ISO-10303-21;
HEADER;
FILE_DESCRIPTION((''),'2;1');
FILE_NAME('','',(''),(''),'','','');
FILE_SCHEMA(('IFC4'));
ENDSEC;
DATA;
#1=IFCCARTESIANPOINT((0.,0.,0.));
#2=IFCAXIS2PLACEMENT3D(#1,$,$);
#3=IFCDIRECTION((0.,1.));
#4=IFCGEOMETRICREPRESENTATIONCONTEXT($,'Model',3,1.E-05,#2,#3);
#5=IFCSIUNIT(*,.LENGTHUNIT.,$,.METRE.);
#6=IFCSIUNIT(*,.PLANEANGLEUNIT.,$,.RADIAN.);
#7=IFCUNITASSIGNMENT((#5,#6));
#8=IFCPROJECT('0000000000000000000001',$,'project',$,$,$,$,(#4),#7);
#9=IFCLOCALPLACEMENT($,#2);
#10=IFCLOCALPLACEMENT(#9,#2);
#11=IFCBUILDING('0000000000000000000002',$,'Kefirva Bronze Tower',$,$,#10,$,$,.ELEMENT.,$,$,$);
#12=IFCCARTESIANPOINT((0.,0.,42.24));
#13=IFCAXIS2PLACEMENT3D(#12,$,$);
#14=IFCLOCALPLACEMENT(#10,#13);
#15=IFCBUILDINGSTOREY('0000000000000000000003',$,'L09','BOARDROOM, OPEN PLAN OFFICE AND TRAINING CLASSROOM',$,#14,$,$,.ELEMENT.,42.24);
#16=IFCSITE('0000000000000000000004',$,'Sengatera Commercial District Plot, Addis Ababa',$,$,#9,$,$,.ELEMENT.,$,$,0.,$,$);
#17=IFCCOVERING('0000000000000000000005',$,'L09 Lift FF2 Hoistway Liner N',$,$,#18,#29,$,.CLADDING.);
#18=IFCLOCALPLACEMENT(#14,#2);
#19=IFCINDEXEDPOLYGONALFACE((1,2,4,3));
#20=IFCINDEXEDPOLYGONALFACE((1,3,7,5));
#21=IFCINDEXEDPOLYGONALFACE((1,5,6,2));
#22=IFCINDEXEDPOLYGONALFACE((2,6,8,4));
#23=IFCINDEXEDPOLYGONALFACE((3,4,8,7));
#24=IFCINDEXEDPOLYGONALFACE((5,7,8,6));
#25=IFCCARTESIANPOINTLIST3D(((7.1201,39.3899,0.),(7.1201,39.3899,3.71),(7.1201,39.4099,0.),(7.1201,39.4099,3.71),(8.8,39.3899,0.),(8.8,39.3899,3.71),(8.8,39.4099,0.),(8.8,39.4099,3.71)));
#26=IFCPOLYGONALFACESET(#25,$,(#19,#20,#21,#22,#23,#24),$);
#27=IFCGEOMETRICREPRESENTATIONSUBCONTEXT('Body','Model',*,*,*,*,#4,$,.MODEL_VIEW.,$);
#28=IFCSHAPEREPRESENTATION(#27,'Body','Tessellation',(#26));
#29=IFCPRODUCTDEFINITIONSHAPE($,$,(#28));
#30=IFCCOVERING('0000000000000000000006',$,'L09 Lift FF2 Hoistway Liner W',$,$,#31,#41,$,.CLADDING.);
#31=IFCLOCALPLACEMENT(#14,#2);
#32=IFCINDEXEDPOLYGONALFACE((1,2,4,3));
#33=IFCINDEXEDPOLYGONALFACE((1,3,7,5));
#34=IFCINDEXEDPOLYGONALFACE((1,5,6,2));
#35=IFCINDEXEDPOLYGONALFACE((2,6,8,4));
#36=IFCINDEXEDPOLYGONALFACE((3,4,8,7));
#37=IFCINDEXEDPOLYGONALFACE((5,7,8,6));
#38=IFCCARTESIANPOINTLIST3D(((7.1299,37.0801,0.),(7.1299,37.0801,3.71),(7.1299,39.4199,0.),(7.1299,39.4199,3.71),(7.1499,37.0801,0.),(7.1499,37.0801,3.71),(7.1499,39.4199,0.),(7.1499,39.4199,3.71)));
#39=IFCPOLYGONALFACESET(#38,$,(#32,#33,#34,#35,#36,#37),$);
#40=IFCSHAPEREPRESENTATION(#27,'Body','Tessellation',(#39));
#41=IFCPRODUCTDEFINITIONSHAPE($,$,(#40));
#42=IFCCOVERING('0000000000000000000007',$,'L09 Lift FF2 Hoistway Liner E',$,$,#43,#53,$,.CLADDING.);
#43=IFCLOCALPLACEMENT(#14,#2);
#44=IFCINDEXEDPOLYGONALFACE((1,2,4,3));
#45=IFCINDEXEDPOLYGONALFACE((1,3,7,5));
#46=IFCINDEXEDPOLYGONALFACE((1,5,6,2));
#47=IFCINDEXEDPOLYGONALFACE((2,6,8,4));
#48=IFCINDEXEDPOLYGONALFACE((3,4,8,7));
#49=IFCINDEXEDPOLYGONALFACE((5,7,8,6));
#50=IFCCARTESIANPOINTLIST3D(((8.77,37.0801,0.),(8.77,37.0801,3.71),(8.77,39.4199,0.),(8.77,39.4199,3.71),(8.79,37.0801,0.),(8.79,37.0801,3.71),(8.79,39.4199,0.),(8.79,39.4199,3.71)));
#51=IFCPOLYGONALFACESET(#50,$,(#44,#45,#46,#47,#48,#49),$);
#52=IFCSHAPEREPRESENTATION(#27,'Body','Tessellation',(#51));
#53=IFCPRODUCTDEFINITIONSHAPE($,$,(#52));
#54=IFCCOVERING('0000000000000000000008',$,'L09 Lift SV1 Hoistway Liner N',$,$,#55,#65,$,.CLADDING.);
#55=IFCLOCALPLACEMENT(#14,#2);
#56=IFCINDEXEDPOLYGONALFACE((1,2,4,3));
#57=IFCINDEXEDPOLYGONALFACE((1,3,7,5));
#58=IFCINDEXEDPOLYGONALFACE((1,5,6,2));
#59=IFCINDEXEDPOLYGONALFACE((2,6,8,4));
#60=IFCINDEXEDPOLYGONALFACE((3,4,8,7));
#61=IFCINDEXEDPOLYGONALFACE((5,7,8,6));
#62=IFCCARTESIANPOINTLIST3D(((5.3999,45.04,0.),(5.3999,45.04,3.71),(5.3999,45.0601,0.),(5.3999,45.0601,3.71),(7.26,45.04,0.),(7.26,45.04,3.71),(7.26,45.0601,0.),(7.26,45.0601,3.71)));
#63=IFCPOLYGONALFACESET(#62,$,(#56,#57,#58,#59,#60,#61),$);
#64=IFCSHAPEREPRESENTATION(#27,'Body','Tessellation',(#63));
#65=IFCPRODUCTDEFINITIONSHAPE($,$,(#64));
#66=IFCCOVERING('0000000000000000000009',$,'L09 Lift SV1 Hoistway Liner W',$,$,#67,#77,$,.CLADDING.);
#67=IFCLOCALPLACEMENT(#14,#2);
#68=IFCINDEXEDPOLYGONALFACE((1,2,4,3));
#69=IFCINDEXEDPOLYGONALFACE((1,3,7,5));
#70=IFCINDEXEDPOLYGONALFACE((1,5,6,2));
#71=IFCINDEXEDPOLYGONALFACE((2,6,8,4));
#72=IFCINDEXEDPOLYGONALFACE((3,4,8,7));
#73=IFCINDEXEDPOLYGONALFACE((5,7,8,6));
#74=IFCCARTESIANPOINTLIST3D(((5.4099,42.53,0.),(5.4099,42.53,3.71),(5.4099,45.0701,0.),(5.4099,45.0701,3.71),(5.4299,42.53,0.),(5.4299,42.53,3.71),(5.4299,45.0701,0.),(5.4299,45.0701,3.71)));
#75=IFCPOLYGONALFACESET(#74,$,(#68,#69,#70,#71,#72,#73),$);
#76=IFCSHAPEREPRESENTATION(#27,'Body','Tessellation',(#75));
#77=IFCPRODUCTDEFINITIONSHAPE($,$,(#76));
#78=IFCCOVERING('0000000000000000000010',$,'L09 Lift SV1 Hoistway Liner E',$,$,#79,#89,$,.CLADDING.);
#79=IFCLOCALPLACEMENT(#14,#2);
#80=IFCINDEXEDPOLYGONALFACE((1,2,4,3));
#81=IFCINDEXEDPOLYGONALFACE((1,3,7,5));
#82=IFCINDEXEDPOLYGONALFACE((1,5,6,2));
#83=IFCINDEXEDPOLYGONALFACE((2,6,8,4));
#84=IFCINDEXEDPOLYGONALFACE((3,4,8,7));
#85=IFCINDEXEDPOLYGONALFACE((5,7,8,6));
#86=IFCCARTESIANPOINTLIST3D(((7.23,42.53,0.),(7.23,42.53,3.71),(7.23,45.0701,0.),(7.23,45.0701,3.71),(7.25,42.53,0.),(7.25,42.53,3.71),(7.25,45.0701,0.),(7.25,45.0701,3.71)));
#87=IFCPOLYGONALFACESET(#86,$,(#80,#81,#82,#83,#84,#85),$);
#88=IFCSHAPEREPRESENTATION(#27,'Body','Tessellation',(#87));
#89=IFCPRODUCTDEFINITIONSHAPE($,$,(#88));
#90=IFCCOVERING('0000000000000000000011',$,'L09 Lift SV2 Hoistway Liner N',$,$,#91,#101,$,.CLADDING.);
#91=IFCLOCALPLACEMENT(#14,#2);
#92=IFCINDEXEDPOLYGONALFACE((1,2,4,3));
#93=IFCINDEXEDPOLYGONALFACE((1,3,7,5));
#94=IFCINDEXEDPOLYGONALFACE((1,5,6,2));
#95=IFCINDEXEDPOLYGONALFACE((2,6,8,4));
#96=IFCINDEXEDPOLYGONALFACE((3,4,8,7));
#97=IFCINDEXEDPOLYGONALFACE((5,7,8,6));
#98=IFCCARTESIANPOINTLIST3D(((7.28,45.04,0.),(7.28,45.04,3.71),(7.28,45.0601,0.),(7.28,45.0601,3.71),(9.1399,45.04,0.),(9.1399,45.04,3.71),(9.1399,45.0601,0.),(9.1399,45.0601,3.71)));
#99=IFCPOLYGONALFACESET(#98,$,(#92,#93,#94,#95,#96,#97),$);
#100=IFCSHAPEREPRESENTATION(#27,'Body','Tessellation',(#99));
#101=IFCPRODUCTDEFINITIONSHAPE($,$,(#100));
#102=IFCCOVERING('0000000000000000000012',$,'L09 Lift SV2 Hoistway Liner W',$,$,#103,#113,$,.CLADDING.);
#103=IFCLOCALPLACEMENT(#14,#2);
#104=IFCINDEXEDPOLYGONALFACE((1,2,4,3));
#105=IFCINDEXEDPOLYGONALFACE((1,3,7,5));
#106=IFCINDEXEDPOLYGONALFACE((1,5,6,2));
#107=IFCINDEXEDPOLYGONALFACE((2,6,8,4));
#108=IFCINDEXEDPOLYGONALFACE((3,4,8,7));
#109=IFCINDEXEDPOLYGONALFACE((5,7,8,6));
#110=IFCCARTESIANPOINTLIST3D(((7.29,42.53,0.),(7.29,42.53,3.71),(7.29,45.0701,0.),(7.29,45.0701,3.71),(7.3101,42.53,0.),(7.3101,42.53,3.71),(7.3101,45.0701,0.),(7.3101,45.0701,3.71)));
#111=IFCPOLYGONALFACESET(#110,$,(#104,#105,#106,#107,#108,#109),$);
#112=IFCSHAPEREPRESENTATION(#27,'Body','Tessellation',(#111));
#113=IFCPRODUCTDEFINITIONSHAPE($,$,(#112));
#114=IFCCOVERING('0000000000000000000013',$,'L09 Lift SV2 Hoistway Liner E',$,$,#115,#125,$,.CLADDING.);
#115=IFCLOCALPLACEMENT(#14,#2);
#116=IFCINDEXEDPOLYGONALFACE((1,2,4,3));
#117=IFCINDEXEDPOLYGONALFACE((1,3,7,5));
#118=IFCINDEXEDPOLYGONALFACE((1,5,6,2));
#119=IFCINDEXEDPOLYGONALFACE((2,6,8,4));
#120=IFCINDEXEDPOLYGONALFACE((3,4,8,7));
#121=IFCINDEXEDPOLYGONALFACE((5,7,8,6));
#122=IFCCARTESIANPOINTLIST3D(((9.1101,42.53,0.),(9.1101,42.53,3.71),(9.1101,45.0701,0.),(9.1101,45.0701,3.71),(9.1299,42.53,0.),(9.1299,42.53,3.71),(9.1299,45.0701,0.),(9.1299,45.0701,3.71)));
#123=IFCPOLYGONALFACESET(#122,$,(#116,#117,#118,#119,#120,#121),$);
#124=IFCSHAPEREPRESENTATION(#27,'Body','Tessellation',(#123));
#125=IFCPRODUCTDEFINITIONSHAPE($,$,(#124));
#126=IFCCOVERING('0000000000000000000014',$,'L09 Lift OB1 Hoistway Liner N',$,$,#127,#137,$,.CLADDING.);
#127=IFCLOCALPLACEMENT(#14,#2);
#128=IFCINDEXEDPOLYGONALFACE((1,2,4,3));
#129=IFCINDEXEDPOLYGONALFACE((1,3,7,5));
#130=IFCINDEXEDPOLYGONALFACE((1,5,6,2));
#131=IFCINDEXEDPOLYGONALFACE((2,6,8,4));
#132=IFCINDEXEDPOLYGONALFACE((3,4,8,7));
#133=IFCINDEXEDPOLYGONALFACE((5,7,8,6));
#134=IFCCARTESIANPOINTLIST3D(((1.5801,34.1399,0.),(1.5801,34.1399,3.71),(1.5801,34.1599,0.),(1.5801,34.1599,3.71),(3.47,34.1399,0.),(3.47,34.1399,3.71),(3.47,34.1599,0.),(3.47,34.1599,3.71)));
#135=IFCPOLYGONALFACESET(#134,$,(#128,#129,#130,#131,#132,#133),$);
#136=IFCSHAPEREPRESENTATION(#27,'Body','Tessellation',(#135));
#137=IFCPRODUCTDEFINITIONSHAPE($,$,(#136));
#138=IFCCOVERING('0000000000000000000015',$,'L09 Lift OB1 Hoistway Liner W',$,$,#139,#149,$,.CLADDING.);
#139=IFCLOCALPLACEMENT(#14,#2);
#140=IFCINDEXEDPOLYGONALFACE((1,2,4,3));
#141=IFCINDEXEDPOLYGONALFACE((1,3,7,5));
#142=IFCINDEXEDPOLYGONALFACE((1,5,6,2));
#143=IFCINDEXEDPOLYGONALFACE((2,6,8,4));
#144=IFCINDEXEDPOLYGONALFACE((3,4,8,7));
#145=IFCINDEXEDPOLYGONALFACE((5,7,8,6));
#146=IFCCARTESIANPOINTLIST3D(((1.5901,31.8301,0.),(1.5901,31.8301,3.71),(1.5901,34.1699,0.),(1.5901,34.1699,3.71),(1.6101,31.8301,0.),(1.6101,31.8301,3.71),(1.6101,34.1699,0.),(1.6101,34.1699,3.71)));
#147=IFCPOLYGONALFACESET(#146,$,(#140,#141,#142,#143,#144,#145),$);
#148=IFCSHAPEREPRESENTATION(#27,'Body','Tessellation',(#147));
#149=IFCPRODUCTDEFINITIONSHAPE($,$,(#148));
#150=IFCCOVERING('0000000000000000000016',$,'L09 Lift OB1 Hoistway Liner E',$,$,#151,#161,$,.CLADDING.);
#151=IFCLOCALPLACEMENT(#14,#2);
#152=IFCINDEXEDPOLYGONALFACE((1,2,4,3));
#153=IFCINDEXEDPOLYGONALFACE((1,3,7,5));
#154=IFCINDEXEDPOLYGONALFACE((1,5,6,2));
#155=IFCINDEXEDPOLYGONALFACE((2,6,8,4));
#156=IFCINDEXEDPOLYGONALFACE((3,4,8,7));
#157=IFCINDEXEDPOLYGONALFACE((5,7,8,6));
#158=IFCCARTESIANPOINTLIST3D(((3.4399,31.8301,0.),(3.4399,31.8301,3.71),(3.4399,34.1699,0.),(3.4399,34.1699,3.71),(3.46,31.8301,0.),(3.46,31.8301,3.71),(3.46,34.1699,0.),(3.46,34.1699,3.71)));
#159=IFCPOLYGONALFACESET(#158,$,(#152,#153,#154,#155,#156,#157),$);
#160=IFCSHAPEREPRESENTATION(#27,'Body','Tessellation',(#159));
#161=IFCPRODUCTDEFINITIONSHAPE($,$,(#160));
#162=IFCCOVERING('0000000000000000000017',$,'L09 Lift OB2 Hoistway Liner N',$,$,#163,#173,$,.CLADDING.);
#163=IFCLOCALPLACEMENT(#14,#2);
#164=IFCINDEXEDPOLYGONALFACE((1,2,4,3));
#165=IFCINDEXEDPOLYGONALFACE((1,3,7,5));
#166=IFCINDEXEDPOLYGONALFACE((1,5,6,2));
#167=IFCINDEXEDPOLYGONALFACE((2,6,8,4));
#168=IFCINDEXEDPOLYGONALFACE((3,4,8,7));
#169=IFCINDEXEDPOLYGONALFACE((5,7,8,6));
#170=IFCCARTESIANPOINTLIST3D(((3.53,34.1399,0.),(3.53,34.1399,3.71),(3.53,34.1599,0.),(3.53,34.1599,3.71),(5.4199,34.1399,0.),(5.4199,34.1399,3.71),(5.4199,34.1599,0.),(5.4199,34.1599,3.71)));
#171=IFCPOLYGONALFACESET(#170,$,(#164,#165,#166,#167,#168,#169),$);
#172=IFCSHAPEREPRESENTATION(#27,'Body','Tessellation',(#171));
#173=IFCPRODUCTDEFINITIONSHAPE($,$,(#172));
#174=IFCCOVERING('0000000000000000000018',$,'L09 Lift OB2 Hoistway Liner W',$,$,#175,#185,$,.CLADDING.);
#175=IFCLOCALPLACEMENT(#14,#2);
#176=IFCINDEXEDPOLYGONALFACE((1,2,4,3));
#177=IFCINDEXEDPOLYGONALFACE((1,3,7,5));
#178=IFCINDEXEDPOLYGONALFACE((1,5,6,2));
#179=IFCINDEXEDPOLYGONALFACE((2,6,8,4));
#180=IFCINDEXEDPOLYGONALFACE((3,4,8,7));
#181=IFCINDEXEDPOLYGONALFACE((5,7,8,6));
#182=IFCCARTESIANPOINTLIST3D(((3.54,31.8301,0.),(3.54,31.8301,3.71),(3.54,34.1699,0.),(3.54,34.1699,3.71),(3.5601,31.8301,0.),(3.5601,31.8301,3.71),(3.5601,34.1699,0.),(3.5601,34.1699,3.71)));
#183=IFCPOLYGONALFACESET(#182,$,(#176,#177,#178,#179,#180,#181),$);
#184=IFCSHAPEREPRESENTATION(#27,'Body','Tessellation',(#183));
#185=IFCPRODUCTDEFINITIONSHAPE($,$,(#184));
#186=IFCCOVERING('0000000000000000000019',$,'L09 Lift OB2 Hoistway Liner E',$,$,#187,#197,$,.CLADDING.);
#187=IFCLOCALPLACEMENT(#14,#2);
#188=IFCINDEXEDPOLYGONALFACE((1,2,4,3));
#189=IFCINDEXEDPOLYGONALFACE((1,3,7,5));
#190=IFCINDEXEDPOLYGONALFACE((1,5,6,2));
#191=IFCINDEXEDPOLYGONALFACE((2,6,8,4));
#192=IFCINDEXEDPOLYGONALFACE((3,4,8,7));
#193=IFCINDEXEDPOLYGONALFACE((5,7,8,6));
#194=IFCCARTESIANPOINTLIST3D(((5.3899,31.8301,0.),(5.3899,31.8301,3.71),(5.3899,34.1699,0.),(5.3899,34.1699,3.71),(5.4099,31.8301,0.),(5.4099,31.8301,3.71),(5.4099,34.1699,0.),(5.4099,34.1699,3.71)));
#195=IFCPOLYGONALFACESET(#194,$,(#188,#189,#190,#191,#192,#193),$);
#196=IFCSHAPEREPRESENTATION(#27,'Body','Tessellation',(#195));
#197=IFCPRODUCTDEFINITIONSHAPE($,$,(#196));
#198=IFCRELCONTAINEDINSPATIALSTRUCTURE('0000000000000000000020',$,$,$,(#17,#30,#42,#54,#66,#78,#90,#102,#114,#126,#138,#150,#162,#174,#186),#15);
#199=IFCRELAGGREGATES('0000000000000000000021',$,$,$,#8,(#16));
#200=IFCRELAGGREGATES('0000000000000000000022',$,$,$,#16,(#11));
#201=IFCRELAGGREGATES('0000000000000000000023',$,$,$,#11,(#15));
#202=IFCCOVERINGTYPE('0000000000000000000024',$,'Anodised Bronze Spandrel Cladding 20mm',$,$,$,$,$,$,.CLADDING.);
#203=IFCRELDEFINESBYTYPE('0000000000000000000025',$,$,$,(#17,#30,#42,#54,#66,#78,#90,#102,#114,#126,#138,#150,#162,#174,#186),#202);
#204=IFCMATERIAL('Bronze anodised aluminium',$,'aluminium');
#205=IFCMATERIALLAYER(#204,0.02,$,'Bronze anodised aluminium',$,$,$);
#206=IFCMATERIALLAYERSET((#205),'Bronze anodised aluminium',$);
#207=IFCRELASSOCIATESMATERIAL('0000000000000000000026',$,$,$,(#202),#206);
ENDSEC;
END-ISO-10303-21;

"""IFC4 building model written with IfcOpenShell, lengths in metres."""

from ifc_helpers import new_model, si_unit, direction, frame, origin, place, context, subcontext, project, spatial, polyline, outline, extrude, material, layer, layer_set, type_object, element, save


model = new_model("IFC4")

# Units and contexts
model_context = context("Model", 3, precision=1e-05, world=origin(), true_north=direction((0.0, 1.0)))
body_context = subcontext(model_context, "Body", "Model", "MODEL_VIEW")
ifc_project = project(units=[si_unit("LENGTHUNIT", "METRE"), si_unit("PLANEANGLEUNIT", "RADIAN")], contexts=[model_context])

# Site, building, storey
site_placement = place(None, origin())
site = spatial("IfcSite", under=ifc_project, at=site_placement, Name="Sengatera Commercial District Plot, Addis Ababa", CompositionType="ELEMENT", RefElevation=0.0)
building_placement = place(site_placement, origin())
building = spatial("IfcBuilding", under=site, at=building_placement, Name="Kefirva Bronze Tower", CompositionType="ELEMENT")
storey_placement = place(building_placement, frame((0.0, 0.0, 42.24)))
storey = spatial("IfcBuildingStorey", under=building, at=storey_placement, Name="L09", Description="BOARDROOM, OPEN PLAN OFFICE AND TRAINING CLASSROOM", CompositionType="ELEMENT", Elevation=42.24)

# Coverings
ifc_material_1 = material(Name="Bronze anodised aluminium", Category="aluminium")
ifc_layer_1 = layer(ifc_material_1, 0.02, Name="Bronze anodised aluminium")
ifc_layer_set_1 = layer_set([ifc_layer_1], Name="Bronze anodised aluminium")
covering_type = type_object("IfcCoveringType", Name="Anodised Bronze Spandrel Cladding 20mm", PredefinedType="CLADDING", material=ifc_layer_set_1)
covering_1_placement = place(storey_placement, origin())
element("IfcCovering", 1, at=covering_1_placement, inside=storey, type_object=covering_type, Name="L09 Lift FF2 Hoistway Liner N", PredefinedType="CLADDING", context=body_context, shape_type="SweptSolid", body=[
    extrude(outline(polyline([(7.1201, 39.3899), (8.8, 39.3899), (8.8, 39.4099), (7.1201, 39.4099), (7.1201, 39.3899)])), origin(), (0.0, 0.0, 1.0), 3.71),
])
covering_2_placement = place(storey_placement, origin())
element("IfcCovering", 2, at=covering_2_placement, inside=storey, type_object=covering_type, Name="L09 Lift FF2 Hoistway Liner W", PredefinedType="CLADDING", context=body_context, shape_type="SweptSolid", body=[
    extrude(outline(polyline([(7.1299, 37.0801), (7.1499, 37.0801), (7.1499, 39.4199), (7.1299, 39.4199), (7.1299, 37.0801)])), origin(), (0.0, 0.0, 1.0), 3.71),
])
covering_3_placement = place(storey_placement, origin())
element("IfcCovering", 3, at=covering_3_placement, inside=storey, type_object=covering_type, Name="L09 Lift FF2 Hoistway Liner E", PredefinedType="CLADDING", context=body_context, shape_type="SweptSolid", body=[
    extrude(outline(polyline([(8.77, 37.0801), (8.79, 37.0801), (8.79, 39.4199), (8.77, 39.4199), (8.77, 37.0801)])), origin(), (0.0, 0.0, 1.0), 3.71),
])
covering_4_placement = place(storey_placement, origin())
element("IfcCovering", 4, at=covering_4_placement, inside=storey, type_object=covering_type, Name="L09 Lift SV1 Hoistway Liner N", PredefinedType="CLADDING", context=body_context, shape_type="SweptSolid", body=[
    extrude(outline(polyline([(5.3999, 45.04), (7.26, 45.04), (7.26, 45.0601), (5.3999, 45.0601), (5.3999, 45.04)])), origin(), (0.0, 0.0, 1.0), 3.71),
])
covering_5_placement = place(storey_placement, origin())
element("IfcCovering", 5, at=covering_5_placement, inside=storey, type_object=covering_type, Name="L09 Lift SV1 Hoistway Liner W", PredefinedType="CLADDING", context=body_context, shape_type="SweptSolid", body=[
    extrude(outline(polyline([(5.4099, 42.53), (5.4299, 42.53), (5.4299, 45.0701), (5.4099, 45.0701), (5.4099, 42.53)])), origin(), (0.0, 0.0, 1.0), 3.71),
])
covering_6_placement = place(storey_placement, origin())
element("IfcCovering", 6, at=covering_6_placement, inside=storey, type_object=covering_type, Name="L09 Lift SV1 Hoistway Liner E", PredefinedType="CLADDING", context=body_context, shape_type="SweptSolid", body=[
    extrude(outline(polyline([(7.23, 42.53), (7.25, 42.53), (7.25, 45.0701), (7.23, 45.0701), (7.23, 42.53)])), origin(), (0.0, 0.0, 1.0), 3.71),
])
covering_7_placement = place(storey_placement, origin())
element("IfcCovering", 7, at=covering_7_placement, inside=storey, type_object=covering_type, Name="L09 Lift SV2 Hoistway Liner N", PredefinedType="CLADDING", context=body_context, shape_type="SweptSolid", body=[
    extrude(outline(polyline([(7.28, 45.04), (9.1399, 45.04), (9.1399, 45.0601), (7.28, 45.0601), (7.28, 45.04)])), origin(), (0.0, 0.0, 1.0), 3.71),
])
covering_8_placement = place(storey_placement, origin())
element("IfcCovering", 8, at=covering_8_placement, inside=storey, type_object=covering_type, Name="L09 Lift SV2 Hoistway Liner W", PredefinedType="CLADDING", context=body_context, shape_type="SweptSolid", body=[
    extrude(outline(polyline([(7.29, 42.53), (7.3101, 42.53), (7.3101, 45.0701), (7.29, 45.0701), (7.29, 42.53)])), origin(), (0.0, 0.0, 1.0), 3.71),
])
covering_9_placement = place(storey_placement, origin())
element("IfcCovering", 9, at=covering_9_placement, inside=storey, type_object=covering_type, Name="L09 Lift SV2 Hoistway Liner E", PredefinedType="CLADDING", context=body_context, shape_type="SweptSolid", body=[
    extrude(outline(polyline([(9.1101, 42.53), (9.1299, 42.53), (9.1299, 45.0701), (9.1101, 45.0701), (9.1101, 42.53)])), origin(), (0.0, 0.0, 1.0), 3.71),
])
covering_10_placement = place(storey_placement, origin())
element("IfcCovering", 10, at=covering_10_placement, inside=storey, type_object=covering_type, Name="L09 Lift OB1 Hoistway Liner N", PredefinedType="CLADDING", context=body_context, shape_type="SweptSolid", body=[
    extrude(outline(polyline([(1.5801, 34.1399), (3.47, 34.1399), (3.47, 34.1599), (1.5801, 34.1599), (1.5801, 34.1399)])), origin(), (0.0, 0.0, 1.0), 3.71),
])
covering_11_placement = place(storey_placement, origin())
element("IfcCovering", 11, at=covering_11_placement, inside=storey, type_object=covering_type, Name="L09 Lift OB1 Hoistway Liner W", PredefinedType="CLADDING", context=body_context, shape_type="SweptSolid", body=[
    extrude(outline(polyline([(1.5901, 31.8301), (1.6101, 31.8301), (1.6101, 34.1699), (1.5901, 34.1699), (1.5901, 31.8301)])), origin(), (0.0, 0.0, 1.0), 3.71),
])
covering_12_placement = place(storey_placement, origin())
element("IfcCovering", 12, at=covering_12_placement, inside=storey, type_object=covering_type, Name="L09 Lift OB1 Hoistway Liner E", PredefinedType="CLADDING", context=body_context, shape_type="SweptSolid", body=[
    extrude(outline(polyline([(3.4399, 31.8301), (3.46, 31.8301), (3.46, 34.1699), (3.4399, 34.1699), (3.4399, 31.8301)])), origin(), (0.0, 0.0, 1.0), 3.71),
])
covering_13_placement = place(storey_placement, origin())
element("IfcCovering", 13, at=covering_13_placement, inside=storey, type_object=covering_type, Name="L09 Lift OB2 Hoistway Liner N", PredefinedType="CLADDING", context=body_context, shape_type="SweptSolid", body=[
    extrude(outline(polyline([(3.53, 34.1399), (5.4199, 34.1399), (5.4199, 34.1599), (3.53, 34.1599), (3.53, 34.1399)])), origin(), (0.0, 0.0, 1.0), 3.71),
])
covering_14_placement = place(storey_placement, origin())
element("IfcCovering", 14, at=covering_14_placement, inside=storey, type_object=covering_type, Name="L09 Lift OB2 Hoistway Liner W", PredefinedType="CLADDING", context=body_context, shape_type="SweptSolid", body=[
    extrude(outline(polyline([(3.54, 31.8301), (3.5601, 31.8301), (3.5601, 34.1699), (3.54, 34.1699), (3.54, 31.8301)])), origin(), (0.0, 0.0, 1.0), 3.71),
])
covering_15_placement = place(storey_placement, origin())
element("IfcCovering", 15, at=covering_15_placement, inside=storey, type_object=covering_type, Name="L09 Lift OB2 Hoistway Liner E", PredefinedType="CLADDING", context=body_context, shape_type="SweptSolid", body=[
    extrude(outline(polyline([(5.3899, 31.8301), (5.4099, 31.8301), (5.4099, 34.1699), (5.3899, 34.1699), (5.3899, 31.8301)])), origin(), (0.0, 0.0, 1.0), 3.71),
])

save(model, "model.ifc")
